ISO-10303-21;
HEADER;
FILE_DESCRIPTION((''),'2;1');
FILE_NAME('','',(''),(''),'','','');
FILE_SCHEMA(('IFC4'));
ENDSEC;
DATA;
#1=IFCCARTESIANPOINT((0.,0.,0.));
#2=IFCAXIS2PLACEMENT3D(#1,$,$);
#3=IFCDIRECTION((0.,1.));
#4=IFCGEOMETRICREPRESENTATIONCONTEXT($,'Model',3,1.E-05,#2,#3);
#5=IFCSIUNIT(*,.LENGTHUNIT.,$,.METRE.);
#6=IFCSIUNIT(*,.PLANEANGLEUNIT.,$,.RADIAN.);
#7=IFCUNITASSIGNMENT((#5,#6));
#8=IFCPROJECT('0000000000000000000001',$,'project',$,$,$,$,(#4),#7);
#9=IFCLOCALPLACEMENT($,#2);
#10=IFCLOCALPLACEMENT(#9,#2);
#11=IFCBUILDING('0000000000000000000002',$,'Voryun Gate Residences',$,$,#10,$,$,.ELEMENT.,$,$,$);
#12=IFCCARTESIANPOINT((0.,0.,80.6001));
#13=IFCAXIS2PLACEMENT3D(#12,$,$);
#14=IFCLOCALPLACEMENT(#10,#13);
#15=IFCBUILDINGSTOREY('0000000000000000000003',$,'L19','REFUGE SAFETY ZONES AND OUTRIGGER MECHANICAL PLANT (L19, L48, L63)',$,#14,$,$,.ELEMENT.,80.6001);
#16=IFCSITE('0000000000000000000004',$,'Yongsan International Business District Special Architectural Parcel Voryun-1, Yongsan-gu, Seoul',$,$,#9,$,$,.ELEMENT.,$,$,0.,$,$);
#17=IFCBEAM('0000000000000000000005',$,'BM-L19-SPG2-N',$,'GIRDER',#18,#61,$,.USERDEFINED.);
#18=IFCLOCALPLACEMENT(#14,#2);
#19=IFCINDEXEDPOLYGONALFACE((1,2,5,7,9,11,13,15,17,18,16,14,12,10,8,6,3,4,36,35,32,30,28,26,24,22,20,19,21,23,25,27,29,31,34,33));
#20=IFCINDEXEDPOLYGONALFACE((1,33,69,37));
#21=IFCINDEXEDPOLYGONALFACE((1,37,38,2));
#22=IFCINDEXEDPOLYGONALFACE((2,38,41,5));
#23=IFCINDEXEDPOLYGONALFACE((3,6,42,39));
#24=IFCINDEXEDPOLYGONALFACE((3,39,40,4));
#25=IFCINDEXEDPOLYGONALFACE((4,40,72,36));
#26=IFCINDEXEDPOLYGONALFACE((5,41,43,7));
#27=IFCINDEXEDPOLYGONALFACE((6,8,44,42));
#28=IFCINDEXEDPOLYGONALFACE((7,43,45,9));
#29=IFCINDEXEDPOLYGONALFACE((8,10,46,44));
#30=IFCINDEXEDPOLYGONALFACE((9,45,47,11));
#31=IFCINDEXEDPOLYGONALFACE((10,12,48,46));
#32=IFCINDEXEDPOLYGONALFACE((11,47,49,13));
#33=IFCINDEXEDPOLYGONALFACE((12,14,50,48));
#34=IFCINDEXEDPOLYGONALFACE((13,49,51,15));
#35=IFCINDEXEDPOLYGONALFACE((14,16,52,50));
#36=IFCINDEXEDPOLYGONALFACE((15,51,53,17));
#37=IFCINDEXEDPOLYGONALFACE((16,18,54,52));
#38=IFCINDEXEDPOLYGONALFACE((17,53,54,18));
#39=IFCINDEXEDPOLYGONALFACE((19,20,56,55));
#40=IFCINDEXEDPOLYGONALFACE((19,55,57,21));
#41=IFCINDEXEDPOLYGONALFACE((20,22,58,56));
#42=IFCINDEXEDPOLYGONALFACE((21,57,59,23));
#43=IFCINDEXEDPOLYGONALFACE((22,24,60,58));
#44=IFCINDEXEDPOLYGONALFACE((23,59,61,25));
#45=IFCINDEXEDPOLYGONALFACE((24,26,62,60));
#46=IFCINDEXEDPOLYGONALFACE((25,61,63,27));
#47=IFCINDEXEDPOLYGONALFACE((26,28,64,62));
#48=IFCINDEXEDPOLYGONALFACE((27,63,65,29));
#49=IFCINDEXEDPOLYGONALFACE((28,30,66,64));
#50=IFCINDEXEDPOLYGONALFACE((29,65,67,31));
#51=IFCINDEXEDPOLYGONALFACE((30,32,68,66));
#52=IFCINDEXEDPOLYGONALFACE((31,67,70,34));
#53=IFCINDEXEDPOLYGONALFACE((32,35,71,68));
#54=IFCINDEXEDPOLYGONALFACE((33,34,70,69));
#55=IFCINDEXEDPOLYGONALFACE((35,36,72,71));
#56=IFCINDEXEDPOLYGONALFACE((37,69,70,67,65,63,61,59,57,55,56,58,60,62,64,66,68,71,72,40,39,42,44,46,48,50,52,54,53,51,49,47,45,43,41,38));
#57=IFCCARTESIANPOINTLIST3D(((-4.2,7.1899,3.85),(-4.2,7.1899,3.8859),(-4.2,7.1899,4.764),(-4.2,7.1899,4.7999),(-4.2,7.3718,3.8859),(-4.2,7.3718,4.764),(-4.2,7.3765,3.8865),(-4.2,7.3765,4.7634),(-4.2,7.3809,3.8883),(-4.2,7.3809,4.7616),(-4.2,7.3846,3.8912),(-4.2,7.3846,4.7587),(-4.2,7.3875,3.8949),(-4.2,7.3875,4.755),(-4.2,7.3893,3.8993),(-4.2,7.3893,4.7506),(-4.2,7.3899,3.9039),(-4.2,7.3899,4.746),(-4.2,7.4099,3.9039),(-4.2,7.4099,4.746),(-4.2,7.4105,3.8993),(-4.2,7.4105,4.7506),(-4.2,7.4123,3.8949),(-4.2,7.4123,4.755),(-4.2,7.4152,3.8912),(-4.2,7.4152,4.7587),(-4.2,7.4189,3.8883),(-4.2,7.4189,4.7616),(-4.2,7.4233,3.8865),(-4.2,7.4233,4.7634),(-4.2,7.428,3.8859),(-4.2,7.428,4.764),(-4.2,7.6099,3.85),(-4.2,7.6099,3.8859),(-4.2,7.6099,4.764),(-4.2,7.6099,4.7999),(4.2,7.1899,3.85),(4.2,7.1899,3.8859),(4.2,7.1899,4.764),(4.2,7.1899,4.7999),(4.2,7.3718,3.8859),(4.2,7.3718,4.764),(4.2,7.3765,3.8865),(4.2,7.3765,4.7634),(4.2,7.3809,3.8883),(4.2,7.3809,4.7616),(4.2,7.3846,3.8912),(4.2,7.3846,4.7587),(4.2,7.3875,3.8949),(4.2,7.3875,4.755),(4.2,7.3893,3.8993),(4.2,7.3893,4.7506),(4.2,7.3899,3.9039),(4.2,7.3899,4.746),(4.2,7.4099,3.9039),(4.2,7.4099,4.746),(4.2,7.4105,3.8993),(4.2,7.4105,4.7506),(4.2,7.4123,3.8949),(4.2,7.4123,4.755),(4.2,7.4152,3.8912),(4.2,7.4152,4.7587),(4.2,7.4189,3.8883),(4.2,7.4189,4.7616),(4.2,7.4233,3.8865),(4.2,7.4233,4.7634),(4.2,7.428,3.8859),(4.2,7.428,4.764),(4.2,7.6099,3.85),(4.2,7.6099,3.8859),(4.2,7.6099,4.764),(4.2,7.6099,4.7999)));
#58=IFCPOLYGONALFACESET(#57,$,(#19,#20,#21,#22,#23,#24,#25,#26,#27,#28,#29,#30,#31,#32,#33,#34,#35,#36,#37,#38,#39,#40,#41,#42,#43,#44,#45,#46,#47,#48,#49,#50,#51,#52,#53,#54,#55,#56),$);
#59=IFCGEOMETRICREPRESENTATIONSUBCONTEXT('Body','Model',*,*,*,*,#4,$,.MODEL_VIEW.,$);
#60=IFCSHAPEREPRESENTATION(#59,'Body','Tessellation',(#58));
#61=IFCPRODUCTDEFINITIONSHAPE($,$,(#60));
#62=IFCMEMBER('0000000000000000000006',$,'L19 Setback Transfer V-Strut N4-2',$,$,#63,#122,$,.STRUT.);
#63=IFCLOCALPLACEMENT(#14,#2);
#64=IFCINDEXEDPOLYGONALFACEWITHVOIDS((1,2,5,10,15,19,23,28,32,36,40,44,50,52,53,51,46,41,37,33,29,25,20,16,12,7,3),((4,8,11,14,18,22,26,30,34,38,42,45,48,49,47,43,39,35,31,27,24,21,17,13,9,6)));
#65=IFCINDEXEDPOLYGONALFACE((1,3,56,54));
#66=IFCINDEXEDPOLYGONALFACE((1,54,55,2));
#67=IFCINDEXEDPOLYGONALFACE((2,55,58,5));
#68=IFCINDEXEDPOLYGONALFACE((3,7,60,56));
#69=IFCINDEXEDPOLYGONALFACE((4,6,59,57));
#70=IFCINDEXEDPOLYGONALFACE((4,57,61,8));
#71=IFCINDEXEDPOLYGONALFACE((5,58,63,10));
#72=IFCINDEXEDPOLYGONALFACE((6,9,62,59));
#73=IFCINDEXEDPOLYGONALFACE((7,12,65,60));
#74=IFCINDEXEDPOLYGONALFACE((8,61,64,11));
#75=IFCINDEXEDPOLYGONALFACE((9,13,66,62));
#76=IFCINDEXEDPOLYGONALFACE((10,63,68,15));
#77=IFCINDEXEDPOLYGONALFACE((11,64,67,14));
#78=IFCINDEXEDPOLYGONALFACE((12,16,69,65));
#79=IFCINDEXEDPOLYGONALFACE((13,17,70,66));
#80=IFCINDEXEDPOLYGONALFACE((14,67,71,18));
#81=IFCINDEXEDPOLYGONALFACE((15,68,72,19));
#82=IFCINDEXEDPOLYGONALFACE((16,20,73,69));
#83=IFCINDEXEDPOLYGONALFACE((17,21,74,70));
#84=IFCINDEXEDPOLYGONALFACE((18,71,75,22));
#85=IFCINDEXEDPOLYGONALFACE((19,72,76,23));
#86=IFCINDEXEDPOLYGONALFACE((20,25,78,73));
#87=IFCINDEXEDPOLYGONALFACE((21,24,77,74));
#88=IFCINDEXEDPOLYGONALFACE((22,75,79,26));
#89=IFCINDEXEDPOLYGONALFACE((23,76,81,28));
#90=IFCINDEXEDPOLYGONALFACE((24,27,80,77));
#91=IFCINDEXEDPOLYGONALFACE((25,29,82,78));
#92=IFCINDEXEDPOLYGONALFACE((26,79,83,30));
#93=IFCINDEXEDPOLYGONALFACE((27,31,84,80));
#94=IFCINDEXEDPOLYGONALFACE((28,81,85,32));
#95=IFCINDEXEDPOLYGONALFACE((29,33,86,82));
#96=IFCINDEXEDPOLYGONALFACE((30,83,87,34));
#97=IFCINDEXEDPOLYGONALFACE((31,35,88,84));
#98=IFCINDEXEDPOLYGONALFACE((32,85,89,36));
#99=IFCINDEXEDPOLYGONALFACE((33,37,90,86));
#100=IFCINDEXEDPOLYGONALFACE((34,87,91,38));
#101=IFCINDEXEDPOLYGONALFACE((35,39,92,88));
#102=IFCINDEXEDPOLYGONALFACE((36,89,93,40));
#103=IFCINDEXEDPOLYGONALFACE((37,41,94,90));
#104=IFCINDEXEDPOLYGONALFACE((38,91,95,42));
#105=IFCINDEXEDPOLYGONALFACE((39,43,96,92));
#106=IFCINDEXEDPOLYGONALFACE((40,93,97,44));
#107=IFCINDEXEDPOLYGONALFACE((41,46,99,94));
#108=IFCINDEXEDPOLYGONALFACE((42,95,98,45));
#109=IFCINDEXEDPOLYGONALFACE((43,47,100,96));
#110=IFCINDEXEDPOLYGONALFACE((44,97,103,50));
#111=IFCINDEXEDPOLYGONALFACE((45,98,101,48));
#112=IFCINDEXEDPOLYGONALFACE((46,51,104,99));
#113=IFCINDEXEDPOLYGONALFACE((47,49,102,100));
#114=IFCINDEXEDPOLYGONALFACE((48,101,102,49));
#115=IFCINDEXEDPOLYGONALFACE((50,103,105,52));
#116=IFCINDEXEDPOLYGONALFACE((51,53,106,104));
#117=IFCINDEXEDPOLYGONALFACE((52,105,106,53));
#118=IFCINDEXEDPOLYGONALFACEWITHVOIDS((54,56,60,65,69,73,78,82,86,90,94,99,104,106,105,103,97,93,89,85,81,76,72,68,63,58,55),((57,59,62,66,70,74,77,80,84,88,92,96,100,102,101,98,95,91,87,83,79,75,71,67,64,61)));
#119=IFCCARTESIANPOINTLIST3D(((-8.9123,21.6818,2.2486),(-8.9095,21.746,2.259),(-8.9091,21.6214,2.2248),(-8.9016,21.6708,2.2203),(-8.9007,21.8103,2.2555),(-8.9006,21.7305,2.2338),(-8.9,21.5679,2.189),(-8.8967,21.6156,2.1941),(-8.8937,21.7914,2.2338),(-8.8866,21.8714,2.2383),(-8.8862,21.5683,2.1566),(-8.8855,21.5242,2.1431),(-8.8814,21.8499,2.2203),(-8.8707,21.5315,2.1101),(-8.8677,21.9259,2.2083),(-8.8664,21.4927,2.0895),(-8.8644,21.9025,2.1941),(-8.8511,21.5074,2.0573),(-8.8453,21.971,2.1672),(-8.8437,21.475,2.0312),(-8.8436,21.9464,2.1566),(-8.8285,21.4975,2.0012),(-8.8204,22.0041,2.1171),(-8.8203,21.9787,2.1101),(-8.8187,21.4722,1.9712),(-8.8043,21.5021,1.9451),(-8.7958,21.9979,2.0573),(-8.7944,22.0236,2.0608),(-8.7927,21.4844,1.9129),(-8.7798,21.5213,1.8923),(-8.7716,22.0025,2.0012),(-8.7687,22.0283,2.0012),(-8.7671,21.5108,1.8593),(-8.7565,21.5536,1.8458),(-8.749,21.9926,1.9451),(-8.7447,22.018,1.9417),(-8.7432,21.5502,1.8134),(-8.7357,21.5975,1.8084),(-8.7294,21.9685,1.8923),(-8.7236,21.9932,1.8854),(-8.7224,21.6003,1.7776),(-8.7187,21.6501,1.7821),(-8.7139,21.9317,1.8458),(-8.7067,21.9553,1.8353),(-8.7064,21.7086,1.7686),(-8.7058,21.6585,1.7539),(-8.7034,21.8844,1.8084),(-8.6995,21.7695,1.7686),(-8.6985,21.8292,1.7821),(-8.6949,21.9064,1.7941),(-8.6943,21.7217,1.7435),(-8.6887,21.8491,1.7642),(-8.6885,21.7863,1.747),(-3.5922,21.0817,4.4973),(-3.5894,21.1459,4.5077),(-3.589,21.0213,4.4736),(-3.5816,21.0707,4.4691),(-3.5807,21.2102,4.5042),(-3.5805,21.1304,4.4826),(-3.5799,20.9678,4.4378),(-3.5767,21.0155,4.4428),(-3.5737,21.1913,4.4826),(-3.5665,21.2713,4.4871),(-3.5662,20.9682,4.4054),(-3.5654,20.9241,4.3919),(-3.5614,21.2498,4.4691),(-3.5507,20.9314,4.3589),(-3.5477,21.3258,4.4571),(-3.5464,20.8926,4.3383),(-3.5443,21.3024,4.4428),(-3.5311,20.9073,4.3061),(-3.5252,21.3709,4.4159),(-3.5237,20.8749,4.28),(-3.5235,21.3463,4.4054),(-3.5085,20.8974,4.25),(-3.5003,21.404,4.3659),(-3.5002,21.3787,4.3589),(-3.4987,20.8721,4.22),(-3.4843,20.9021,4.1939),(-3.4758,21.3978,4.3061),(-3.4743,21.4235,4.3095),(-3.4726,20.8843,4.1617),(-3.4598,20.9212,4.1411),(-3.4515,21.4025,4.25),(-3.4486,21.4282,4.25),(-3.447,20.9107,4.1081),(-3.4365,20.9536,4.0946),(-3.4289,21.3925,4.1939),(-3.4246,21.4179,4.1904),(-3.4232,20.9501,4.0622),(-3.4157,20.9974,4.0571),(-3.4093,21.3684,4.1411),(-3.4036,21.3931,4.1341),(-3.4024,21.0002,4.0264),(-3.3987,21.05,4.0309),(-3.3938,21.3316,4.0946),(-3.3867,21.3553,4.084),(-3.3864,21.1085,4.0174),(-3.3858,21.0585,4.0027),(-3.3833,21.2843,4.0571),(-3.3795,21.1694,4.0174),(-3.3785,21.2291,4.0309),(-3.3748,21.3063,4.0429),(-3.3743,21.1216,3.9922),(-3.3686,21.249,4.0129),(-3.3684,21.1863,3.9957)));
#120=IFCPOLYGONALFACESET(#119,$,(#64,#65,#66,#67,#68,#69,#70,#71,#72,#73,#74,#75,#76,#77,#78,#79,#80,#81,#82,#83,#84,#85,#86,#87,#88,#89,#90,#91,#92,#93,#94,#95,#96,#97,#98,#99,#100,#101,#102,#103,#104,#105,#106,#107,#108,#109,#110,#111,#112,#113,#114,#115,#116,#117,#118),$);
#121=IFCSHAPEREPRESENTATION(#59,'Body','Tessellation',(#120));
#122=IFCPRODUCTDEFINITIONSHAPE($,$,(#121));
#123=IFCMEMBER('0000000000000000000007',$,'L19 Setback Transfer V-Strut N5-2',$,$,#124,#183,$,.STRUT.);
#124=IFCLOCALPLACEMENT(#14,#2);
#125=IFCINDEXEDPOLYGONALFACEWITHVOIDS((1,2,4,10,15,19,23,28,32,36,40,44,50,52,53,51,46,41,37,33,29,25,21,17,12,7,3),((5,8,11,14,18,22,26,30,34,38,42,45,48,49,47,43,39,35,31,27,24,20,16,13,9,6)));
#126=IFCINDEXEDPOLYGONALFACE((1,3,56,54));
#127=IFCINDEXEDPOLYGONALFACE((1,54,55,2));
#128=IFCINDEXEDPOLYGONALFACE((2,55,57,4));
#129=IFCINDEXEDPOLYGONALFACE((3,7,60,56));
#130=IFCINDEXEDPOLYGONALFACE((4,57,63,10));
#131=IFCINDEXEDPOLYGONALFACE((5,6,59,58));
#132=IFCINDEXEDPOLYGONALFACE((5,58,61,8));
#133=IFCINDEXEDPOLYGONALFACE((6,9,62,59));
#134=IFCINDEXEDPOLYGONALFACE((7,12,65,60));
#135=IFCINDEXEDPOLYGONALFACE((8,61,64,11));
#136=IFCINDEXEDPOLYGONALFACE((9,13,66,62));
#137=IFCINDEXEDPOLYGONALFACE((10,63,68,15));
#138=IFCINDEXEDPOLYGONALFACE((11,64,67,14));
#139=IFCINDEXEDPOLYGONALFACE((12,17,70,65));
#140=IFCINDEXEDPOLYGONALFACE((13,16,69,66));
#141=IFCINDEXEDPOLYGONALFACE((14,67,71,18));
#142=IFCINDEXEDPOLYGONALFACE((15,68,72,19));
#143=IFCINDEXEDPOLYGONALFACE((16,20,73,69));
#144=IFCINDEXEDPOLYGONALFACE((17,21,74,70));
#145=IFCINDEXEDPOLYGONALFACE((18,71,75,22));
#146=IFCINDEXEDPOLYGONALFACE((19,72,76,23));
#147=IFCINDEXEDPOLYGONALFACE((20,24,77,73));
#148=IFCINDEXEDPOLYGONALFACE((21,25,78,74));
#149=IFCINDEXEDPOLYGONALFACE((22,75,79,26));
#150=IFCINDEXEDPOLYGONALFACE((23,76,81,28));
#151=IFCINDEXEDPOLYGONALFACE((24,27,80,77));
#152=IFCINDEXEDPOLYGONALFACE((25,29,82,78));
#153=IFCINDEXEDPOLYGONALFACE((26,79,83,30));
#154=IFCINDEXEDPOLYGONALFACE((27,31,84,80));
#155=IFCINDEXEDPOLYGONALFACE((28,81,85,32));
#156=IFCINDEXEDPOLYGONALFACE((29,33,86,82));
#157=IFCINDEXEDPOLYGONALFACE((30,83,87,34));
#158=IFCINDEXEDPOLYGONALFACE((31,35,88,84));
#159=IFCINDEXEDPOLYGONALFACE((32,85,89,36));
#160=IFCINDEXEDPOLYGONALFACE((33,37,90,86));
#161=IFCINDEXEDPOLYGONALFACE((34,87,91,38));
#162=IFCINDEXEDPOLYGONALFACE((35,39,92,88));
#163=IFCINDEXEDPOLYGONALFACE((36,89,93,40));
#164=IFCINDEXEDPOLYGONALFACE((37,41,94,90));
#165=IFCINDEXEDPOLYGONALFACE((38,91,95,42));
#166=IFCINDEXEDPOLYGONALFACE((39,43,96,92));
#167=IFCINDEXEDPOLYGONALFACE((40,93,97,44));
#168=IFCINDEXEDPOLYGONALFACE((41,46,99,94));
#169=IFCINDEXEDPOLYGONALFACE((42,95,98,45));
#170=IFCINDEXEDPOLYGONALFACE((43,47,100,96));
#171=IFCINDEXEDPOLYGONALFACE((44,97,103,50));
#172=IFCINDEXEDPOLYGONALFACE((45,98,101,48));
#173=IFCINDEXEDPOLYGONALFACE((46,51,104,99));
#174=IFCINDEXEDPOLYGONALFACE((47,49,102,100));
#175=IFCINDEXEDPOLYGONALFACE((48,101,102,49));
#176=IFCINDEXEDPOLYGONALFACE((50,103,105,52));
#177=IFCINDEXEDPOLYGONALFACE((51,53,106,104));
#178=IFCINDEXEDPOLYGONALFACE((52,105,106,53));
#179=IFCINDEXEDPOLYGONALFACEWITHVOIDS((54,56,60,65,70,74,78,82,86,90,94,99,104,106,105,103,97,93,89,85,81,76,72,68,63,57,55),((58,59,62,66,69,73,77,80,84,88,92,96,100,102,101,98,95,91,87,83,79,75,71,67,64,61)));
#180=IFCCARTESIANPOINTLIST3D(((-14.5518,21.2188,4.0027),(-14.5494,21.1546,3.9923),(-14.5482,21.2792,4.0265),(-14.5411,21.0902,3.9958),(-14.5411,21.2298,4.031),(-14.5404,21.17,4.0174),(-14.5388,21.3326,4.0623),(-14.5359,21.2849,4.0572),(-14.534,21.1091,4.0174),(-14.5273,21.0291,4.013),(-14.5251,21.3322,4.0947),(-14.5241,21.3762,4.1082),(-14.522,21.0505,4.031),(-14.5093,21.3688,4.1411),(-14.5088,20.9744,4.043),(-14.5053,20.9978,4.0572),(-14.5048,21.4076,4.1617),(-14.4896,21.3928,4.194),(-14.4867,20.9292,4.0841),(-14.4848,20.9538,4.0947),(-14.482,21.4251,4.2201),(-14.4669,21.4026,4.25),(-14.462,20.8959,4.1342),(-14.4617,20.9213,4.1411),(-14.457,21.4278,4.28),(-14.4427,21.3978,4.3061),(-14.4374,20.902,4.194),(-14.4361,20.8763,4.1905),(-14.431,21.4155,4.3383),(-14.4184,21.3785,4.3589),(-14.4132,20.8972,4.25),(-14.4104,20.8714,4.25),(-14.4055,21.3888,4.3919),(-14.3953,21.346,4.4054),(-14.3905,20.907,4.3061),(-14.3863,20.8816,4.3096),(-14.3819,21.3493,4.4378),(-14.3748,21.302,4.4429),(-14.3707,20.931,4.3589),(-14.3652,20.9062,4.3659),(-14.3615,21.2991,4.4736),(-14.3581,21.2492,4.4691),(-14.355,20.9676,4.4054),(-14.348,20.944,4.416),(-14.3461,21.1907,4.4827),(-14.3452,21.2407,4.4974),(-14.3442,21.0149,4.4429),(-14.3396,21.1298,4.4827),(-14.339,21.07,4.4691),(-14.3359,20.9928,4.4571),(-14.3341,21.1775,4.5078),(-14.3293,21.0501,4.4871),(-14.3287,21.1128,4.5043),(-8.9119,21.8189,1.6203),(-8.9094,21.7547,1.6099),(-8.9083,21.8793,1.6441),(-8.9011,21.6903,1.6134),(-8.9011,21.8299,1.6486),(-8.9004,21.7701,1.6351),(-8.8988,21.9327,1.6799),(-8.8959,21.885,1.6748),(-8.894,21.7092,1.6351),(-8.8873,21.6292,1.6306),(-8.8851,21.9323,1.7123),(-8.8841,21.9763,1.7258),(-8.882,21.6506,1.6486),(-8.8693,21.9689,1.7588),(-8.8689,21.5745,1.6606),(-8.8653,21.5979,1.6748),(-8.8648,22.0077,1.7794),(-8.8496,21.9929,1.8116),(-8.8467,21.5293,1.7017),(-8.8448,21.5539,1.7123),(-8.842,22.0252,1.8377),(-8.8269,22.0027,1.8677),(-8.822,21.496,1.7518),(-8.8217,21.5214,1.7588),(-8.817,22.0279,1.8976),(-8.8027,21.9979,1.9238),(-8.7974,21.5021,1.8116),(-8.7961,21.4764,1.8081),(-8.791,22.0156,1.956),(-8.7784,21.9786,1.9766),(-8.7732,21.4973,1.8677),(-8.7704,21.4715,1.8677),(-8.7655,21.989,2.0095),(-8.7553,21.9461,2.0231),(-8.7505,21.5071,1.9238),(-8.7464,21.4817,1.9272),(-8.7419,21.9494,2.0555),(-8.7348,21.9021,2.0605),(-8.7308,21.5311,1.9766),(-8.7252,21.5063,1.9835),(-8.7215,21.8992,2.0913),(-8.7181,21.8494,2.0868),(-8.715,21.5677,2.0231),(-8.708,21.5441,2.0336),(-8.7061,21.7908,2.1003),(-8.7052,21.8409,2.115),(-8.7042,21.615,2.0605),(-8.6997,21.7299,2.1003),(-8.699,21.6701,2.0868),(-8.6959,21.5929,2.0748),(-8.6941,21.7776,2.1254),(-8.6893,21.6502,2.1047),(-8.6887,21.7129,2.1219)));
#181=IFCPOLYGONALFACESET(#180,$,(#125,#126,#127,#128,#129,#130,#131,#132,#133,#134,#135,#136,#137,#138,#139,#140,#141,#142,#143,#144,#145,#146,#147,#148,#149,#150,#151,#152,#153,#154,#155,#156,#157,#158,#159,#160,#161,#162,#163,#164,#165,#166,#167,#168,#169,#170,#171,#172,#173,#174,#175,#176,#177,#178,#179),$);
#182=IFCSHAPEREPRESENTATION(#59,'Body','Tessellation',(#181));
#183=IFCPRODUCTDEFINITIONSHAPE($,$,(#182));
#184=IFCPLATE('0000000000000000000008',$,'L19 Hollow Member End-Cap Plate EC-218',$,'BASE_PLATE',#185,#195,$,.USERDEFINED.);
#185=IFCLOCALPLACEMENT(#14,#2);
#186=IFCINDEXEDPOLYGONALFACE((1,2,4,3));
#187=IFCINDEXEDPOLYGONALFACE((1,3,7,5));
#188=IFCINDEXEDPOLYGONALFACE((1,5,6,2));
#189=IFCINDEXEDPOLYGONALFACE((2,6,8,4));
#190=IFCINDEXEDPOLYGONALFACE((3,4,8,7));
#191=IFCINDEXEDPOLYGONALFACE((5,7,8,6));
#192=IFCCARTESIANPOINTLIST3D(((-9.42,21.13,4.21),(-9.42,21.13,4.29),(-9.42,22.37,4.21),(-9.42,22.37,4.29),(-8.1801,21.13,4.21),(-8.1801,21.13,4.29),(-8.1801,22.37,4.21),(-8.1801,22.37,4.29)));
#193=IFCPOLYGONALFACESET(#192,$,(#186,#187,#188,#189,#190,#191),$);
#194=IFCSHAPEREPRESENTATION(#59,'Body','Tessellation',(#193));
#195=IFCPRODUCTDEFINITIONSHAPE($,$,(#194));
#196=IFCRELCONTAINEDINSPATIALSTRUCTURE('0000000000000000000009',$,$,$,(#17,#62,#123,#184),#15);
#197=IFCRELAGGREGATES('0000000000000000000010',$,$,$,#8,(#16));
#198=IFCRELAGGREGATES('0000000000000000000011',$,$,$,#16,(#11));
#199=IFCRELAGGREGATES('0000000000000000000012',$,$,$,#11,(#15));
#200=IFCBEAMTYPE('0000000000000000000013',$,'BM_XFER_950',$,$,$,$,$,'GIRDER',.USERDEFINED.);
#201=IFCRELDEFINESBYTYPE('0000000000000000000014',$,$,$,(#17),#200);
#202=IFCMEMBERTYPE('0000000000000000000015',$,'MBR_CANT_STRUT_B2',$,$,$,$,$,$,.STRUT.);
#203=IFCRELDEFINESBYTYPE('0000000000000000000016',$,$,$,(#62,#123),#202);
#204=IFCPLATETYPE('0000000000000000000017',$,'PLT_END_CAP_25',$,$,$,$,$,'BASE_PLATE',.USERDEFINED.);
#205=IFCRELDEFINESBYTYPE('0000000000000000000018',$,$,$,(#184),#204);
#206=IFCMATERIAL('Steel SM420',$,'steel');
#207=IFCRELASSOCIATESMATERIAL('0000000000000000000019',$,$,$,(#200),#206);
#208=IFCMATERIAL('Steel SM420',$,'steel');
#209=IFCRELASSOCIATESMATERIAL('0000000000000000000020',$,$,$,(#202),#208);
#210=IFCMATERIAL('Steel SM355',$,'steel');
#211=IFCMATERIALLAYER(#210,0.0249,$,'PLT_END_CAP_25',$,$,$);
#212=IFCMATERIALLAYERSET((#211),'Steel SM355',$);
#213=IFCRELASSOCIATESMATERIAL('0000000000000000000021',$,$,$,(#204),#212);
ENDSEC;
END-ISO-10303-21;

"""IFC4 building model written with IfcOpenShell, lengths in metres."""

from ifc_helpers import new_model, si_unit, direction, frame, origin, origin_2d, place, context, subcontext, project, spatial, rectangle, hollow_circle, i_section, extrude, material, layer, layer_set, material_profile, profile_set, type_object, element, save


model = new_model("IFC4")

# Units and contexts
model_context = context("Model", 3, precision=1e-05, world=origin(), true_north=direction((0.0, 1.0)))
body_context = subcontext(model_context, "Body", "Model", "MODEL_VIEW")
ifc_project = project(units=[si_unit("LENGTHUNIT", "METRE"), si_unit("PLANEANGLEUNIT", "RADIAN")], contexts=[model_context])

# Site, building, storey
site_placement = place(None, origin())
site = spatial("IfcSite", under=ifc_project, at=site_placement, Name="Yongsan International Business District Special Architectural Parcel Voryun-1, Yongsan-gu, Seoul", CompositionType="ELEMENT", RefElevation=0.0)
building_placement = place(site_placement, origin())
building = spatial("IfcBuilding", under=site, at=building_placement, Name="Voryun Gate Residences", CompositionType="ELEMENT")
storey_placement = place(building_placement, frame((0.0, 0.0, 80.6001)))
storey = spatial("IfcBuildingStorey", under=building, at=storey_placement, Name="L19", Description="REFUGE SAFETY ZONES AND OUTRIGGER MECHANICAL PLANT (L19, L48, L63)", CompositionType="ELEMENT", Elevation=80.6001)

# Beam
ifc_material_1 = material(Name="Steel SM420", Category="steel")
ifc_material_profile_1 = material_profile(ifc_material_1, i_section(OverallWidth=0.4199, OverallDepth=0.95, WebThickness=0.02, FlangeThickness=0.0359, FilletRadius=0.0181, at=origin_2d()), Name="H-950x420x20x36")
ifc_profile_set_1 = profile_set([ifc_material_profile_1], Name="Steel SM420")
beam_type_1 = type_object("IfcBeamType", Name="BM_XFER_950", ElementType="GIRDER", PredefinedType="USERDEFINED", material=ifc_profile_set_1)
beam_1_placement = place(storey_placement, frame((-4.2, 7.3999, 4.325), z_axis=(1.0, 0.0, 0.0), x_axis=(0.0, 1.0, 0.0)))
element("IfcBeam", 1, at=beam_1_placement, inside=storey, type_object=beam_type_1, Name="BM-L19-SPG2-N", ObjectType="GIRDER", PredefinedType="USERDEFINED", context=body_context, shape_type="SweptSolid", body=[
    extrude(i_section(OverallWidth=0.4199, OverallDepth=0.95, WebThickness=0.02, FlangeThickness=0.0359, FilletRadius=0.0181, at=origin_2d()), origin(), (0.0, 0.0, 1.0), 8.3999),
])

# Members
ifc_material_2 = material(Name="Steel SM420", Category="steel")
ifc_material_profile_2 = material_profile(ifc_material_2, hollow_circle(Radius=0.28, WallThickness=0.0259, at=origin_2d()), Name="CHS-560x26")
ifc_profile_set_2 = profile_set([ifc_material_profile_2], Name="Steel SM420")
member_type = type_object("IfcMemberType", Name="MBR_CANT_STRUT_B2", PredefinedType="STRUT", material=ifc_profile_set_2)
member_1_placement = place(storey_placement, frame((-8.8, 21.75, 2.0012), z_axis=(0.916161, -0.103342, 0.387259), x_axis=(0.112088, 0.993698, 0.0)))
element("IfcMember", 2, at=member_1_placement, inside=storey, type_object=member_type, Name="L19 Setback Transfer V-Strut N4-2", PredefinedType="STRUT", context=body_context, shape_type="SweptSolid", body=[
    extrude(hollow_circle(Radius=0.28, WallThickness=0.0259, at=origin_2d()), origin(), (0.0, 0.0, 1.0), 5.8069),
])
member_2_placement = place(storey_placement, frame((-8.8, 21.75, 1.8677), z_axis=(-0.916795, -0.097549, 0.38726), x_axis=(0.105805, -0.994387, 0.0)))
element("IfcMember", 3, at=member_2_placement, inside=storey, type_object=member_type, Name="L19 Setback Transfer V-Strut N5-2", PredefinedType="STRUT", context=body_context, shape_type="SweptSolid", body=[
    extrude(hollow_circle(Radius=0.28, WallThickness=0.0259, at=origin_2d()), origin(), (0.0, 0.0, 1.0), 6.1519),
])

# Plate
ifc_material_3 = material(Name="Steel SM355", Category="steel")
ifc_layer_1 = layer(ifc_material_3, 0.0249, Name="PLT_END_CAP_25")
ifc_layer_set_1 = layer_set([ifc_layer_1], Name="Steel SM355")
plate_type_1 = type_object("IfcPlateType", Name="PLT_END_CAP_25", ElementType="BASE_PLATE", PredefinedType="USERDEFINED", material=ifc_layer_set_1)
for number, where, z_axis, x_axis, name in (
    (4, (-8.8, 21.75, 4.21), (0.0, 0.0, 1.0), (1.0, 0.0, 0.0), "L19 Hollow Member End-Cap Plate EC-218"),
):
    element("IfcPlate", number, at=place(storey_placement, frame(where, z_axis=z_axis, x_axis=x_axis)), inside=storey, type_object=plate_type_1, Name=name, ObjectType="BASE_PLATE", PredefinedType="USERDEFINED", context=body_context, shape_type="SweptSolid", body=[
        extrude(rectangle(XDim=1.24, YDim=1.24, at=origin_2d()), origin(), (0.0, 0.0, 1.0), 0.0801),
    ])

save(model, "model.ifc")
